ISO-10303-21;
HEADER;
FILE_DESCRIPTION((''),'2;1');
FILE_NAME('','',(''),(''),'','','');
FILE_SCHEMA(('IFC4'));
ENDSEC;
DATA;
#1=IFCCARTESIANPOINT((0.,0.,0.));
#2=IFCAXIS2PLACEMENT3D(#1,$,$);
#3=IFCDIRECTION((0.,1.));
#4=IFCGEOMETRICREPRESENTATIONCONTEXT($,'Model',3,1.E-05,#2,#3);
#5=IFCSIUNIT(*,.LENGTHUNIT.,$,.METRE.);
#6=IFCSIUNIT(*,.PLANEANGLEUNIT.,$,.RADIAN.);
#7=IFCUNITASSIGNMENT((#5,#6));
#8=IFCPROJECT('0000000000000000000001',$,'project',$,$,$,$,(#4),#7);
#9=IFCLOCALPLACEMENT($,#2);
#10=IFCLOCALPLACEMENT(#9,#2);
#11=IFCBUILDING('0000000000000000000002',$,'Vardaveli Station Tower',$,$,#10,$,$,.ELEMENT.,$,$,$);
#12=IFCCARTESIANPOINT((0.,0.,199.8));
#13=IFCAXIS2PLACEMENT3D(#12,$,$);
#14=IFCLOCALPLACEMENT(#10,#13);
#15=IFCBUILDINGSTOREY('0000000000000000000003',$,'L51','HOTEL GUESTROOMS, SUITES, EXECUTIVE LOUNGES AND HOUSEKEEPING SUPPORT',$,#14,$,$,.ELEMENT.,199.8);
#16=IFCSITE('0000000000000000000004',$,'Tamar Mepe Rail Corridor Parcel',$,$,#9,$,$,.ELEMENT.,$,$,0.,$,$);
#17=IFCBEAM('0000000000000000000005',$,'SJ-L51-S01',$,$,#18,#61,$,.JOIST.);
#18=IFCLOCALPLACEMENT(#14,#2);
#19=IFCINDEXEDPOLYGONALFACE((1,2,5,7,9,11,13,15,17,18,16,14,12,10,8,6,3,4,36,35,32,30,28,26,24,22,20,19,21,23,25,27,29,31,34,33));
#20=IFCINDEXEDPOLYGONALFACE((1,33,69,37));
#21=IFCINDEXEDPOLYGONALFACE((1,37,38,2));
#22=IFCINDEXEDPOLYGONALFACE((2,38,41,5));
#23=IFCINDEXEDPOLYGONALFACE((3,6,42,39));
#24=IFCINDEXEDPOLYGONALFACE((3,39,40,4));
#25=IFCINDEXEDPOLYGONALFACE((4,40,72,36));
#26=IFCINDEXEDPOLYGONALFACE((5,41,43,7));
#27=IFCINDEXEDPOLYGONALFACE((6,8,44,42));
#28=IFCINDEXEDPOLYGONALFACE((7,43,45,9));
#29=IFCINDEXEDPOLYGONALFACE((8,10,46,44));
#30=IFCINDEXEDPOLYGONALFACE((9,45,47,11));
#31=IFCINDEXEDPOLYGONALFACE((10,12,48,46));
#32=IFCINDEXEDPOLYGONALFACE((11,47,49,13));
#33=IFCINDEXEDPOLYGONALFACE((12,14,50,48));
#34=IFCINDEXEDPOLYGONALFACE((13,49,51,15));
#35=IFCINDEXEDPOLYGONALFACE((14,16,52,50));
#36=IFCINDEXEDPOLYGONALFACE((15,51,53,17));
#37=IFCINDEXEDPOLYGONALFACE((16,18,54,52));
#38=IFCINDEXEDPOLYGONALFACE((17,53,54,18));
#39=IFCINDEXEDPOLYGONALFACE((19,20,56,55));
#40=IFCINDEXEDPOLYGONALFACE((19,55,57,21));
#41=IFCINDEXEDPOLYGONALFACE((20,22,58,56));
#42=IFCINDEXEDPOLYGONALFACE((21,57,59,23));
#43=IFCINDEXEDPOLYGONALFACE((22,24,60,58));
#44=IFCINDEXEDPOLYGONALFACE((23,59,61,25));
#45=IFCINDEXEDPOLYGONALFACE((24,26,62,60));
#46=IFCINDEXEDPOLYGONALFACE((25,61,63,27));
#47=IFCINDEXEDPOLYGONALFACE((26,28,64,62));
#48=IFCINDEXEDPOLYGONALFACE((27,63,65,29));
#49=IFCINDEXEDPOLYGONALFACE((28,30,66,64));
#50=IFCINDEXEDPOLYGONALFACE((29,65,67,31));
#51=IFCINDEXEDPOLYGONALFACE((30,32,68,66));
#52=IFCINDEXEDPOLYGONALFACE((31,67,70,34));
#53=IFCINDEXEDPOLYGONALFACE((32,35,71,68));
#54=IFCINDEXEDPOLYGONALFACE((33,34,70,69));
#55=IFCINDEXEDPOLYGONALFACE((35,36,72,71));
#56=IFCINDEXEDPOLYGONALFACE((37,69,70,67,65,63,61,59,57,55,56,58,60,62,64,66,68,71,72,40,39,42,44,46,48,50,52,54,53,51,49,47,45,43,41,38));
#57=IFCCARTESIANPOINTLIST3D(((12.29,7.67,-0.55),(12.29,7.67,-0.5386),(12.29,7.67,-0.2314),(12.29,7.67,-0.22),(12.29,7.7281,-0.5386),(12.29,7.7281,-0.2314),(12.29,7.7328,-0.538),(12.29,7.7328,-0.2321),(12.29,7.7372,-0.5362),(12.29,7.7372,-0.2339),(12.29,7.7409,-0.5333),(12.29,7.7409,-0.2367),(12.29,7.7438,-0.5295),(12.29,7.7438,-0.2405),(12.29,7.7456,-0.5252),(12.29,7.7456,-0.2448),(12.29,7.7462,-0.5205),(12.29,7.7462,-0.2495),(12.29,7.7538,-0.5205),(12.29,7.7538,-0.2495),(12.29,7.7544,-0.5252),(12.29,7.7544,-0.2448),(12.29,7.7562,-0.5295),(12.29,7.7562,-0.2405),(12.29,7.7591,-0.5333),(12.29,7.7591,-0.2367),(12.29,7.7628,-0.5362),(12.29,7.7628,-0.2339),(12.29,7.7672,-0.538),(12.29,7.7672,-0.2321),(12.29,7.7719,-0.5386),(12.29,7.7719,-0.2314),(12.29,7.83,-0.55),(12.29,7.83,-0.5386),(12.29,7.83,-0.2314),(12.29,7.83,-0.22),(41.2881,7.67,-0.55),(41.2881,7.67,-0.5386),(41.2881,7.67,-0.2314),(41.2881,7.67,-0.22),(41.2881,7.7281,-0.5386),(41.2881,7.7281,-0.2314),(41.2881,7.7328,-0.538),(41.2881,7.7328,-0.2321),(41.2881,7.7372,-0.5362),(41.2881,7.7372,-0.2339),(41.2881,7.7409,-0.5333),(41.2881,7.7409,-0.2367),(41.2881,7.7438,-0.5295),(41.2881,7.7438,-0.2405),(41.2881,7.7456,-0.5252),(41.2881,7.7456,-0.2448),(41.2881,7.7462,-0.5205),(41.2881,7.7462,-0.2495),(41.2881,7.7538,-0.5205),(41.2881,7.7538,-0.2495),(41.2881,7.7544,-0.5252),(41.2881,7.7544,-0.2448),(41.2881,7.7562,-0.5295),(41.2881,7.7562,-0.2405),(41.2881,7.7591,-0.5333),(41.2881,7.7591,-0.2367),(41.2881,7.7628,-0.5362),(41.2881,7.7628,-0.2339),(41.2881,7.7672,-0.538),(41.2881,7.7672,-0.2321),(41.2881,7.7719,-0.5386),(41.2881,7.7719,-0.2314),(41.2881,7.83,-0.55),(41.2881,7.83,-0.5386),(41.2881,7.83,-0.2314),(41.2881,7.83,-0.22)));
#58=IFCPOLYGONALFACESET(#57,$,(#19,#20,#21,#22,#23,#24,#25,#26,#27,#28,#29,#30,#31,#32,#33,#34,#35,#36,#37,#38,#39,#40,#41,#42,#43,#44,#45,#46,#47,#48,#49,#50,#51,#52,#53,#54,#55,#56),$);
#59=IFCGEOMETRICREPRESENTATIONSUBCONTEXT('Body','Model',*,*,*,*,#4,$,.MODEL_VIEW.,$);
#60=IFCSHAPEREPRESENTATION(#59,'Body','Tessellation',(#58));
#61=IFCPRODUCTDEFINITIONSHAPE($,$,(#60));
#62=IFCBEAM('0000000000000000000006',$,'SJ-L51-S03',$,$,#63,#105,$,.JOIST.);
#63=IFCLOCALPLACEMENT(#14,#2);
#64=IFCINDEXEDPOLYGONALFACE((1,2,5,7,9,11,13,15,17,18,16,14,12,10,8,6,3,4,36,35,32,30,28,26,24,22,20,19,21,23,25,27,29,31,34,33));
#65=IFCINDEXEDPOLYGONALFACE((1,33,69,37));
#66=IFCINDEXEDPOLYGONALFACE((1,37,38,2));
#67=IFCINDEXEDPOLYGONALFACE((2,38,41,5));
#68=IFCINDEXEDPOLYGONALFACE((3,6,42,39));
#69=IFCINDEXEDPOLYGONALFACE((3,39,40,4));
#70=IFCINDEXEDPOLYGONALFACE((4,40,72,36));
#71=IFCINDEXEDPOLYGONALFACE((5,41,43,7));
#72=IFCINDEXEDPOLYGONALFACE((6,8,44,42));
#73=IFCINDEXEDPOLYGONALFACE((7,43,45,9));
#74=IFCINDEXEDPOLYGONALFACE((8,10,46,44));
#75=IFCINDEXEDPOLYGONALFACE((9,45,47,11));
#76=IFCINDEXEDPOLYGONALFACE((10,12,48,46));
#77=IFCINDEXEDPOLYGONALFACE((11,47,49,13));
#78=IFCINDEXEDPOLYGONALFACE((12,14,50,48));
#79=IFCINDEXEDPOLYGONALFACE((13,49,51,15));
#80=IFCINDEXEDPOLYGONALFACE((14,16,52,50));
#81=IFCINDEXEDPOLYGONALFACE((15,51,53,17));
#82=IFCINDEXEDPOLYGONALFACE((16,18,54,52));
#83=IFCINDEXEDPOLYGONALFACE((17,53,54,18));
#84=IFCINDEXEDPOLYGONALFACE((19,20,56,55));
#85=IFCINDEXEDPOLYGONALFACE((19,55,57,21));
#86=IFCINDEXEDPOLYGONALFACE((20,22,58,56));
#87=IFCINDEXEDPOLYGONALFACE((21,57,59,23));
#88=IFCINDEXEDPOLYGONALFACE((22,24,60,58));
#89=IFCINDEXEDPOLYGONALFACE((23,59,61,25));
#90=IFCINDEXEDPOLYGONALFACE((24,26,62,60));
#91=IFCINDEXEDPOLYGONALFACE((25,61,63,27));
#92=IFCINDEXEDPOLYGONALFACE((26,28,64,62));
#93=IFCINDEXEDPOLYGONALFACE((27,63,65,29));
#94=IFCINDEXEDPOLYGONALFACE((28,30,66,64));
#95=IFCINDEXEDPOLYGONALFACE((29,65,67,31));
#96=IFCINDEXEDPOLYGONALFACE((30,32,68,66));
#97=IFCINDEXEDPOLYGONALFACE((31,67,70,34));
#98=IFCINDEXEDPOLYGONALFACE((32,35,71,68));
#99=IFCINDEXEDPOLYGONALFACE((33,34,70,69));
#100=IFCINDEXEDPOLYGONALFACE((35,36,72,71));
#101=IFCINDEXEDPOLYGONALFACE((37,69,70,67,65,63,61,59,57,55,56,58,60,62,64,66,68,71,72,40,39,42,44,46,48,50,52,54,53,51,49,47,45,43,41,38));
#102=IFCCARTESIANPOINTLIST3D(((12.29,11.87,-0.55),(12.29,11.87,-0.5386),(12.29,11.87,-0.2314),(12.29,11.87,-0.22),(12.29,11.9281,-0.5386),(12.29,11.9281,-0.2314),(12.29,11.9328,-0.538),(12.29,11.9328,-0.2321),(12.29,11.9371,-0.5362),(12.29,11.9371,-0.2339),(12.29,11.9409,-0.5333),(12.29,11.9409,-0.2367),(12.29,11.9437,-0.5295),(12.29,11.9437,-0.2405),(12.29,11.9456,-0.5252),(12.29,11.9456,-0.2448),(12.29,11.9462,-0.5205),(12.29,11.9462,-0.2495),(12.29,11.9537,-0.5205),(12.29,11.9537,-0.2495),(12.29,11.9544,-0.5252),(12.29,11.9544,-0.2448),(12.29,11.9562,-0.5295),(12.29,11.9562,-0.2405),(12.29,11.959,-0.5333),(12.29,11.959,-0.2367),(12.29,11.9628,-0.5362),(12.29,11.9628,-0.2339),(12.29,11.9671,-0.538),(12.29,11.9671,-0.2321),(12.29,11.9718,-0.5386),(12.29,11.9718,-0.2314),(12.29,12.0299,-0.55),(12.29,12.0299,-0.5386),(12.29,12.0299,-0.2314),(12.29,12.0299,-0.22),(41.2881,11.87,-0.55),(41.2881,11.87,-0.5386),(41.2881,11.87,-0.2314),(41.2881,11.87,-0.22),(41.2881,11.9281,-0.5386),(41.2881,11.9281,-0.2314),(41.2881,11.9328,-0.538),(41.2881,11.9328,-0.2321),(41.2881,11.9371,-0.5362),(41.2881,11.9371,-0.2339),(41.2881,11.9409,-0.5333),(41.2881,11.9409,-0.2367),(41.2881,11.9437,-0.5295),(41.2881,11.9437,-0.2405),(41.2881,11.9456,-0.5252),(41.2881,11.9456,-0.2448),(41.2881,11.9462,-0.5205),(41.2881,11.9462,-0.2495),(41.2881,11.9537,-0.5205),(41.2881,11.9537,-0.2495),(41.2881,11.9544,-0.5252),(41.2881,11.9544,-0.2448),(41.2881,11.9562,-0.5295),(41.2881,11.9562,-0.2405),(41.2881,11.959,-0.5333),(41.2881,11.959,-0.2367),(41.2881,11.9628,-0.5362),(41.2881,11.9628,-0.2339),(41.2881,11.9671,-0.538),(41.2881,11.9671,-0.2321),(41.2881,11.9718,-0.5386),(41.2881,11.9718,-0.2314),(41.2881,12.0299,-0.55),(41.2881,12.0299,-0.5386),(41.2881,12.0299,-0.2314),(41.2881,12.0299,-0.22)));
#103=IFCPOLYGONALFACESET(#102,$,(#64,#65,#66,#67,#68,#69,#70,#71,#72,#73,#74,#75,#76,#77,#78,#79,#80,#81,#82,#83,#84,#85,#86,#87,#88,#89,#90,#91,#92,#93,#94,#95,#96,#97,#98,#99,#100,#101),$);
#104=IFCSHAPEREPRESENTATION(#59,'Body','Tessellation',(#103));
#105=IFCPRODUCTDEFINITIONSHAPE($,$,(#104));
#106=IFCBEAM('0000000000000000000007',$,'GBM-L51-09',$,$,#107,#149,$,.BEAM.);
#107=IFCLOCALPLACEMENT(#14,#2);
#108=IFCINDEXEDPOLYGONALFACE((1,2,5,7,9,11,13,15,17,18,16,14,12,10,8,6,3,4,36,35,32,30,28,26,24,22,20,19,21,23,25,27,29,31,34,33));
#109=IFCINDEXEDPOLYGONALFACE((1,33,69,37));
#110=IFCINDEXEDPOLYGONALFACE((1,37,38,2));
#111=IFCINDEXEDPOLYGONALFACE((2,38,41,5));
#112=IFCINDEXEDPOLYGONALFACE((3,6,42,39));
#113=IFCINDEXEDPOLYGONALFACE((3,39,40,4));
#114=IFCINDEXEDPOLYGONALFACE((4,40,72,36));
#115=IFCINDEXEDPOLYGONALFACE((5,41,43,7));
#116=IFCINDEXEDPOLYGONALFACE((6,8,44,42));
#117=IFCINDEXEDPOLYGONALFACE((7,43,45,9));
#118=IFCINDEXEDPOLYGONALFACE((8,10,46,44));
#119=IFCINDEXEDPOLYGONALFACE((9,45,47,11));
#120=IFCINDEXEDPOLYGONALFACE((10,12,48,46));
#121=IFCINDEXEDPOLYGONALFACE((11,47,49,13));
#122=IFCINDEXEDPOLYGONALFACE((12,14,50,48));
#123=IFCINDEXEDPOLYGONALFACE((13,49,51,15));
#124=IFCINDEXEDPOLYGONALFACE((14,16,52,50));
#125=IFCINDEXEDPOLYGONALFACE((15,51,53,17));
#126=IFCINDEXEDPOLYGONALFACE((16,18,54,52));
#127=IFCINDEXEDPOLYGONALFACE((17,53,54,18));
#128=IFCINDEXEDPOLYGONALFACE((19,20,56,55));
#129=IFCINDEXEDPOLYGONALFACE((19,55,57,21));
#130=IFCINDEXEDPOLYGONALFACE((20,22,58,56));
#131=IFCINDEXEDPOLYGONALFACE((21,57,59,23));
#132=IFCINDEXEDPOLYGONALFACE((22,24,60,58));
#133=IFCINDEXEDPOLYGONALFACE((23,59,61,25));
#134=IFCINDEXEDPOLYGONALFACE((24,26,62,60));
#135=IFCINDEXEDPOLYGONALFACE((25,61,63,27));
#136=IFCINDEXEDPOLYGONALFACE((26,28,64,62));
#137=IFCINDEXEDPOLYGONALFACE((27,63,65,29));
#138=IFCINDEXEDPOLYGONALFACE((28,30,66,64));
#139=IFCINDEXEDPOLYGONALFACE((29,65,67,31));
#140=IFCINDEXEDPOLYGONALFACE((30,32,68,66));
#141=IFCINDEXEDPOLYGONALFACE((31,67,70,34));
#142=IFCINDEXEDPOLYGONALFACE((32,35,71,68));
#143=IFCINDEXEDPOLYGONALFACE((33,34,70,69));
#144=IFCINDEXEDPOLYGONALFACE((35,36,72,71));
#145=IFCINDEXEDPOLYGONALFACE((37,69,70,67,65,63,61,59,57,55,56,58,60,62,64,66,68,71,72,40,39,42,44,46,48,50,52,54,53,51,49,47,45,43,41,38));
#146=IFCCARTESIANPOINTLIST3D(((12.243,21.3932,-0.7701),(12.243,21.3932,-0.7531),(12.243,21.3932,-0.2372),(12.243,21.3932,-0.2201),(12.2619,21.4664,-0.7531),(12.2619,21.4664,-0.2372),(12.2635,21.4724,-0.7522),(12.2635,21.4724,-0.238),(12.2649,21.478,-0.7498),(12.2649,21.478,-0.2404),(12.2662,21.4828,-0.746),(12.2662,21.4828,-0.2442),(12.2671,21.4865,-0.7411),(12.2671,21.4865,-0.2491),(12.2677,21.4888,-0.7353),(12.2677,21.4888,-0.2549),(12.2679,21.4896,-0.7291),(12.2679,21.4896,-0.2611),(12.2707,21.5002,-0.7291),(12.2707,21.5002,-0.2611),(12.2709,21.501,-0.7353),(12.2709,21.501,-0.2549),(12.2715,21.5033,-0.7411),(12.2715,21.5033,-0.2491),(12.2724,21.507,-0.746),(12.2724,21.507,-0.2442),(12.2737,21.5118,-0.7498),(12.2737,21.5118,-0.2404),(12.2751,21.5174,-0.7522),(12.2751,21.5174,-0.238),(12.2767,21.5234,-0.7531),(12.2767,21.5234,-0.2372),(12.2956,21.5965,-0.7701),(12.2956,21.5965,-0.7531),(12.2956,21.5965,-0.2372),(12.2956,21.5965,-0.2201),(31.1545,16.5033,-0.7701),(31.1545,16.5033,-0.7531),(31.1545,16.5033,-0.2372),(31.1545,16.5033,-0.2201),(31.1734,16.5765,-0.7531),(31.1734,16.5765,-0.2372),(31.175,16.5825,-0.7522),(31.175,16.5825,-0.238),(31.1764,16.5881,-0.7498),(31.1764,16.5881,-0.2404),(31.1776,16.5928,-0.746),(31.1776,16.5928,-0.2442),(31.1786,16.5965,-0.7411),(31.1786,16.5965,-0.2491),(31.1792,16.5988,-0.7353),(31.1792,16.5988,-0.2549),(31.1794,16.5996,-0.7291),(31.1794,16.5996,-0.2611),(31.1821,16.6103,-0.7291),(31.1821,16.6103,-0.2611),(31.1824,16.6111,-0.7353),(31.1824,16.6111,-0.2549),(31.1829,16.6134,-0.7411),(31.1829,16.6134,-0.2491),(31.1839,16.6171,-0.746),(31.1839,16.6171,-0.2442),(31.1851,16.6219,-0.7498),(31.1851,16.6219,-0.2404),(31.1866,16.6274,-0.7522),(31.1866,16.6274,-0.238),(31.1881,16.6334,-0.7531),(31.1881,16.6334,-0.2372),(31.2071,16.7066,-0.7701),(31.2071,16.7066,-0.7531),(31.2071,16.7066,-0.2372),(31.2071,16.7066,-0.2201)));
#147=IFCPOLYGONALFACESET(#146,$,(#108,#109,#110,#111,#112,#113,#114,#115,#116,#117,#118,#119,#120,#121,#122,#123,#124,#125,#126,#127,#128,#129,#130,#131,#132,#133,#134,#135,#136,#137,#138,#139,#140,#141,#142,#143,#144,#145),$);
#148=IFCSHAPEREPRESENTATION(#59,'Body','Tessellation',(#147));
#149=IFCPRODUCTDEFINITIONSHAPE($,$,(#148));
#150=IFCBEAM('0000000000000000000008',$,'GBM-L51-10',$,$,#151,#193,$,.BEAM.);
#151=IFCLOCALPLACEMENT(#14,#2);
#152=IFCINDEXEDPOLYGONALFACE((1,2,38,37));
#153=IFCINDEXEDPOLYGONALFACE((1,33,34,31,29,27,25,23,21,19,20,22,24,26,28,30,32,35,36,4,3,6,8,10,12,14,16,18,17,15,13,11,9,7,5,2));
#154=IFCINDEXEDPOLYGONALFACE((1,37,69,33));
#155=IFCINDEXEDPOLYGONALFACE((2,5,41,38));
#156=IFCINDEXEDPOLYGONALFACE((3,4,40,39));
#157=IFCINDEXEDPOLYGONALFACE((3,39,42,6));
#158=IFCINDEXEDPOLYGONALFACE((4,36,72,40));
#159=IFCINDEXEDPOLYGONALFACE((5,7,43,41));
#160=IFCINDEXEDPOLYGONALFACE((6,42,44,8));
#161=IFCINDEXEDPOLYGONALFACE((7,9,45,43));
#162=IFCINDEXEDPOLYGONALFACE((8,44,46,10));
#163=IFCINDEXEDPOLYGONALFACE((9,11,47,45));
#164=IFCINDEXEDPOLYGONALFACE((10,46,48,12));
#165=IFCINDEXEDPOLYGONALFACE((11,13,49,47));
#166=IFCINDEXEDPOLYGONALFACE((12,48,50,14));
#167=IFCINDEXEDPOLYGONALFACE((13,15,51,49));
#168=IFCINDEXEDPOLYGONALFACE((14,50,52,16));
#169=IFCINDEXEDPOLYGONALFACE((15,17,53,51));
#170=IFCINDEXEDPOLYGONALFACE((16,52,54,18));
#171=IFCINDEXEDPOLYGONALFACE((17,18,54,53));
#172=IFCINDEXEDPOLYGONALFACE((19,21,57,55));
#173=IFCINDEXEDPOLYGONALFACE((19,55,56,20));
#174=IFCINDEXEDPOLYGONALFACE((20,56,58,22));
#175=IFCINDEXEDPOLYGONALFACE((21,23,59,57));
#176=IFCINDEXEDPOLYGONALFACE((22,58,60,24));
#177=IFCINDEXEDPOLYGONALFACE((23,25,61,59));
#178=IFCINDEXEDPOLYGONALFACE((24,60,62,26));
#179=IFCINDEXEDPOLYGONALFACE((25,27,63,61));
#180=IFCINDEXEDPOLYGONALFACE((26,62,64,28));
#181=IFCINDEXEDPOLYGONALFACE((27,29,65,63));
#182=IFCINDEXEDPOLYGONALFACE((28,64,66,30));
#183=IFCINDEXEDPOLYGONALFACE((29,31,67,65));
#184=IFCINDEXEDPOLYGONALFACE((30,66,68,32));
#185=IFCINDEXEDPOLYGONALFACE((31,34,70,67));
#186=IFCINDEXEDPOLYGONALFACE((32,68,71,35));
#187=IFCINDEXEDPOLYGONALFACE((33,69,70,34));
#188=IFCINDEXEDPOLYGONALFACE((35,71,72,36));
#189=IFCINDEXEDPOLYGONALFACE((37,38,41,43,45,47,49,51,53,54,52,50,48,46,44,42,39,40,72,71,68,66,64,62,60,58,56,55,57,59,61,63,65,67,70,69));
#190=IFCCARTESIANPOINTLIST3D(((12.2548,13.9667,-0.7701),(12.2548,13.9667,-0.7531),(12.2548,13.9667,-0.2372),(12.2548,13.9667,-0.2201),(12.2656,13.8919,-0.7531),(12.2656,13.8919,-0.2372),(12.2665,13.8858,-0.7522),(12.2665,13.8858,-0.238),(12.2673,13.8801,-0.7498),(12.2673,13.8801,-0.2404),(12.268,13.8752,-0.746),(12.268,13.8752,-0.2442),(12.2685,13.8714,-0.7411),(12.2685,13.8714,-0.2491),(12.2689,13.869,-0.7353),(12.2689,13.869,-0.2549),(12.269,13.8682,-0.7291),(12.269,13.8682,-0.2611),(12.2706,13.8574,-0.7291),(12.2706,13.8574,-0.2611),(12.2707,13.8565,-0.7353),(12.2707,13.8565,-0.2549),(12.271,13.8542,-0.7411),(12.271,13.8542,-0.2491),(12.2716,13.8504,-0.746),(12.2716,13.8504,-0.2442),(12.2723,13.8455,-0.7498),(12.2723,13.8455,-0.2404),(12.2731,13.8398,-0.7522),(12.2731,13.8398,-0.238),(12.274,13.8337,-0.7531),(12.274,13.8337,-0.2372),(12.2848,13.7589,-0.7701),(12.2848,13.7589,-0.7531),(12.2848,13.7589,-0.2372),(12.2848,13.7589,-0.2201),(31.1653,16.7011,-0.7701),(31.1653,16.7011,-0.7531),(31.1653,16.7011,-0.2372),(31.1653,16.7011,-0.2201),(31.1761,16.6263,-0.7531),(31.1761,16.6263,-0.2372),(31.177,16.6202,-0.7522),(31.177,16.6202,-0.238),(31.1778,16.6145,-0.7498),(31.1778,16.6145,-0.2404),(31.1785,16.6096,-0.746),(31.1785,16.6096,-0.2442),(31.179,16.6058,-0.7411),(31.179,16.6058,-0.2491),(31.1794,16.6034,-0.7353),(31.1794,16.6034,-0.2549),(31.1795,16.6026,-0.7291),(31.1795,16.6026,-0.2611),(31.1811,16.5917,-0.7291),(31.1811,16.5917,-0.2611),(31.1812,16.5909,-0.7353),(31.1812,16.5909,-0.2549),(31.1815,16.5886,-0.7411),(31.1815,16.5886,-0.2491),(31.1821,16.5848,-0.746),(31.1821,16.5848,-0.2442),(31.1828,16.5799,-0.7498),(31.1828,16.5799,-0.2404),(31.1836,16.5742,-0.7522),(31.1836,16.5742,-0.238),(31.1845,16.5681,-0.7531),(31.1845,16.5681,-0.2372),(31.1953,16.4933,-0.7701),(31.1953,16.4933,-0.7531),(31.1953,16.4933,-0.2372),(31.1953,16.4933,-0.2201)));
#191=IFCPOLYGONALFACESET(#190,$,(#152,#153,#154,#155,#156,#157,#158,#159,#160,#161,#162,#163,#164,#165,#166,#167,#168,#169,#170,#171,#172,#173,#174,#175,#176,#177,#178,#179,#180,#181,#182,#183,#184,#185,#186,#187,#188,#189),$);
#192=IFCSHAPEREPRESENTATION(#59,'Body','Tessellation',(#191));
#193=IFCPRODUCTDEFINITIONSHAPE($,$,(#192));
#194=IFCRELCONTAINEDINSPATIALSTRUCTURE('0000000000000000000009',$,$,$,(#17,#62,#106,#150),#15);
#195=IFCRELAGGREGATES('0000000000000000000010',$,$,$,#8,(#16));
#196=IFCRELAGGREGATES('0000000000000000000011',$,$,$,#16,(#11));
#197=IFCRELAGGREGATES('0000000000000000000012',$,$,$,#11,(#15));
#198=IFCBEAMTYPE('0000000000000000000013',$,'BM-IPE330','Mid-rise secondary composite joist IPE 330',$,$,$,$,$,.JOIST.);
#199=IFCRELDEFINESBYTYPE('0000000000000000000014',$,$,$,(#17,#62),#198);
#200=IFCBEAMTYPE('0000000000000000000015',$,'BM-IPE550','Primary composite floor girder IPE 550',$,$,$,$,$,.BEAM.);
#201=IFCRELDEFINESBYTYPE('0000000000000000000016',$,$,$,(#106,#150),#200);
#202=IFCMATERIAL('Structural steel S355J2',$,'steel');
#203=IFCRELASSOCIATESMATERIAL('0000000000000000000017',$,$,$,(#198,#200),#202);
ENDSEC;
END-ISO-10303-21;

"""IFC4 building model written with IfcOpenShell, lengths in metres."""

from ifc_helpers import new_model, si_unit, direction, frame, origin, origin_2d, place, context, subcontext, project, spatial, i_section, extrude, source, transform, mapped, material, material_profile, profile_set, type_object, element, save


model = new_model("IFC4")

# Units and contexts
model_context = context("Model", 3, precision=1e-05, world=origin(), true_north=direction((0.0, 1.0)))
body_context = subcontext(model_context, "Body", "Model", "MODEL_VIEW")
ifc_project = project(units=[si_unit("LENGTHUNIT", "METRE"), si_unit("PLANEANGLEUNIT", "RADIAN")], contexts=[model_context])

# Site, building, storey
site_placement = place(None, origin())
site = spatial("IfcSite", under=ifc_project, at=site_placement, Name="Tamar Mepe Rail Corridor Parcel", CompositionType="ELEMENT", RefElevation=0.0)
building_placement = place(site_placement, origin())
building = spatial("IfcBuilding", under=site, at=building_placement, Name="Vardaveli Station Tower", CompositionType="ELEMENT")
storey_placement = place(building_placement, frame((0.0, 0.0, 199.8)))
storey = spatial("IfcBuildingStorey", under=building, at=storey_placement, Name="L51", Description="HOTEL GUESTROOMS, SUITES, EXECUTIVE LOUNGES AND HOUSEKEEPING SUPPORT", CompositionType="ELEMENT", Elevation=199.8)

# Beams
ifc_material_1 = material(Name="Structural steel S355J2", Category="steel")
ifc_material_profile_1 = material_profile(ifc_material_1, i_section(OverallWidth=0.1599, OverallDepth=0.3301, WebThickness=0.0076, FlangeThickness=0.0115, FilletRadius=0.0181, at=origin_2d()), Name="IPE 330")
ifc_profile_set_1 = profile_set([ifc_material_profile_1], Name="Structural steel S355J2")
beam_type_1 = type_object("IfcBeamType", Name="BM-IPE330", Description="Mid-rise secondary composite joist IPE 330", PredefinedType="JOIST", material=ifc_profile_set_1)
shared_shape_1 = source(origin(), body_context, "Body", "SweptSolid", [
    extrude(i_section(OverallWidth=0.1599, OverallDepth=0.3301, WebThickness=0.0076, FlangeThickness=0.0115, FilletRadius=0.0181, at=origin_2d()), origin(), (0.0, 0.0, 1.0), 28.998),
])
for number, where, z_axis, x_axis, name in (
    (1, (12.29, 7.75, -0.385), (1.0, 0.0, 0.0), (0.0, 1.0, 0.0), "SJ-L51-S01"),
    (2, (12.29, 11.95, -0.385), (1.0, 0.0, 0.0), (0.0, 1.0, 0.0), "SJ-L51-S03"),
):
    element("IfcBeam", number, at=place(storey_placement, frame(where, z_axis=z_axis, x_axis=x_axis)), inside=storey, type_object=beam_type_1, Name=name, PredefinedType="JOIST", context=body_context, shape_type="MappedRepresentation", body=[
        mapped(shared_shape_1, transform((0.0, 0.0, 0.0), scale=1.0)),
    ])
ifc_material_profile_2 = material_profile(ifc_material_1, i_section(OverallWidth=0.21, OverallDepth=0.55, WebThickness=0.011, FlangeThickness=0.0171, FilletRadius=0.0239, at=origin_2d()), Name="IPE 550")
ifc_profile_set_2 = profile_set([ifc_material_profile_2], Name="Structural steel S355J2")
beam_type_2 = type_object("IfcBeamType", Name="BM-IPE550", Description="Primary composite floor girder IPE 550", PredefinedType="BEAM", material=ifc_profile_set_2)
shared_shape_2 = source(origin(), body_context, "Body", "SweptSolid", [
    extrude(i_section(OverallWidth=0.21, OverallDepth=0.55, WebThickness=0.011, FlangeThickness=0.0171, FilletRadius=0.0239, at=origin_2d()), origin(), (0.0, 0.0, 1.0), 19.5334),
])
beam_1_placement = place(storey_placement, frame((12.2693, 21.4949, -0.4951), z_axis=(0.968159, -0.250336, 0.0), x_axis=(0.250336, 0.968159, 0.0)))
element("IfcBeam", 3, at=beam_1_placement, inside=storey, type_object=beam_type_2, Name="GBM-L51-09", PredefinedType="BEAM", context=body_context, shape_type="MappedRepresentation", body=[
    mapped(shared_shape_2, transform((0.0, 0.0, 0.0), scale=1.0)),
])
shared_shape_3 = source(origin(), body_context, "Body", "SweptSolid", [
    extrude(i_section(OverallWidth=0.21, OverallDepth=0.55, WebThickness=0.011, FlangeThickness=0.0171, FilletRadius=0.0239, at=origin_2d()), origin(), (0.0, 0.0, 1.0), 19.1072),
])
beam_2_placement = place(storey_placement, frame((12.2698, 13.8628, -0.4951), z_axis=(0.989707, 0.143108, 0.0), x_axis=(-0.143108, 0.989707, 0.0)))
element("IfcBeam", 4, at=beam_2_placement, inside=storey, type_object=beam_type_2, Name="GBM-L51-10", PredefinedType="BEAM", context=body_context, shape_type="MappedRepresentation", body=[
    mapped(shared_shape_3, transform((0.0, 0.0, 0.0), scale=1.0)),
])

save(model, "model.ifc")
